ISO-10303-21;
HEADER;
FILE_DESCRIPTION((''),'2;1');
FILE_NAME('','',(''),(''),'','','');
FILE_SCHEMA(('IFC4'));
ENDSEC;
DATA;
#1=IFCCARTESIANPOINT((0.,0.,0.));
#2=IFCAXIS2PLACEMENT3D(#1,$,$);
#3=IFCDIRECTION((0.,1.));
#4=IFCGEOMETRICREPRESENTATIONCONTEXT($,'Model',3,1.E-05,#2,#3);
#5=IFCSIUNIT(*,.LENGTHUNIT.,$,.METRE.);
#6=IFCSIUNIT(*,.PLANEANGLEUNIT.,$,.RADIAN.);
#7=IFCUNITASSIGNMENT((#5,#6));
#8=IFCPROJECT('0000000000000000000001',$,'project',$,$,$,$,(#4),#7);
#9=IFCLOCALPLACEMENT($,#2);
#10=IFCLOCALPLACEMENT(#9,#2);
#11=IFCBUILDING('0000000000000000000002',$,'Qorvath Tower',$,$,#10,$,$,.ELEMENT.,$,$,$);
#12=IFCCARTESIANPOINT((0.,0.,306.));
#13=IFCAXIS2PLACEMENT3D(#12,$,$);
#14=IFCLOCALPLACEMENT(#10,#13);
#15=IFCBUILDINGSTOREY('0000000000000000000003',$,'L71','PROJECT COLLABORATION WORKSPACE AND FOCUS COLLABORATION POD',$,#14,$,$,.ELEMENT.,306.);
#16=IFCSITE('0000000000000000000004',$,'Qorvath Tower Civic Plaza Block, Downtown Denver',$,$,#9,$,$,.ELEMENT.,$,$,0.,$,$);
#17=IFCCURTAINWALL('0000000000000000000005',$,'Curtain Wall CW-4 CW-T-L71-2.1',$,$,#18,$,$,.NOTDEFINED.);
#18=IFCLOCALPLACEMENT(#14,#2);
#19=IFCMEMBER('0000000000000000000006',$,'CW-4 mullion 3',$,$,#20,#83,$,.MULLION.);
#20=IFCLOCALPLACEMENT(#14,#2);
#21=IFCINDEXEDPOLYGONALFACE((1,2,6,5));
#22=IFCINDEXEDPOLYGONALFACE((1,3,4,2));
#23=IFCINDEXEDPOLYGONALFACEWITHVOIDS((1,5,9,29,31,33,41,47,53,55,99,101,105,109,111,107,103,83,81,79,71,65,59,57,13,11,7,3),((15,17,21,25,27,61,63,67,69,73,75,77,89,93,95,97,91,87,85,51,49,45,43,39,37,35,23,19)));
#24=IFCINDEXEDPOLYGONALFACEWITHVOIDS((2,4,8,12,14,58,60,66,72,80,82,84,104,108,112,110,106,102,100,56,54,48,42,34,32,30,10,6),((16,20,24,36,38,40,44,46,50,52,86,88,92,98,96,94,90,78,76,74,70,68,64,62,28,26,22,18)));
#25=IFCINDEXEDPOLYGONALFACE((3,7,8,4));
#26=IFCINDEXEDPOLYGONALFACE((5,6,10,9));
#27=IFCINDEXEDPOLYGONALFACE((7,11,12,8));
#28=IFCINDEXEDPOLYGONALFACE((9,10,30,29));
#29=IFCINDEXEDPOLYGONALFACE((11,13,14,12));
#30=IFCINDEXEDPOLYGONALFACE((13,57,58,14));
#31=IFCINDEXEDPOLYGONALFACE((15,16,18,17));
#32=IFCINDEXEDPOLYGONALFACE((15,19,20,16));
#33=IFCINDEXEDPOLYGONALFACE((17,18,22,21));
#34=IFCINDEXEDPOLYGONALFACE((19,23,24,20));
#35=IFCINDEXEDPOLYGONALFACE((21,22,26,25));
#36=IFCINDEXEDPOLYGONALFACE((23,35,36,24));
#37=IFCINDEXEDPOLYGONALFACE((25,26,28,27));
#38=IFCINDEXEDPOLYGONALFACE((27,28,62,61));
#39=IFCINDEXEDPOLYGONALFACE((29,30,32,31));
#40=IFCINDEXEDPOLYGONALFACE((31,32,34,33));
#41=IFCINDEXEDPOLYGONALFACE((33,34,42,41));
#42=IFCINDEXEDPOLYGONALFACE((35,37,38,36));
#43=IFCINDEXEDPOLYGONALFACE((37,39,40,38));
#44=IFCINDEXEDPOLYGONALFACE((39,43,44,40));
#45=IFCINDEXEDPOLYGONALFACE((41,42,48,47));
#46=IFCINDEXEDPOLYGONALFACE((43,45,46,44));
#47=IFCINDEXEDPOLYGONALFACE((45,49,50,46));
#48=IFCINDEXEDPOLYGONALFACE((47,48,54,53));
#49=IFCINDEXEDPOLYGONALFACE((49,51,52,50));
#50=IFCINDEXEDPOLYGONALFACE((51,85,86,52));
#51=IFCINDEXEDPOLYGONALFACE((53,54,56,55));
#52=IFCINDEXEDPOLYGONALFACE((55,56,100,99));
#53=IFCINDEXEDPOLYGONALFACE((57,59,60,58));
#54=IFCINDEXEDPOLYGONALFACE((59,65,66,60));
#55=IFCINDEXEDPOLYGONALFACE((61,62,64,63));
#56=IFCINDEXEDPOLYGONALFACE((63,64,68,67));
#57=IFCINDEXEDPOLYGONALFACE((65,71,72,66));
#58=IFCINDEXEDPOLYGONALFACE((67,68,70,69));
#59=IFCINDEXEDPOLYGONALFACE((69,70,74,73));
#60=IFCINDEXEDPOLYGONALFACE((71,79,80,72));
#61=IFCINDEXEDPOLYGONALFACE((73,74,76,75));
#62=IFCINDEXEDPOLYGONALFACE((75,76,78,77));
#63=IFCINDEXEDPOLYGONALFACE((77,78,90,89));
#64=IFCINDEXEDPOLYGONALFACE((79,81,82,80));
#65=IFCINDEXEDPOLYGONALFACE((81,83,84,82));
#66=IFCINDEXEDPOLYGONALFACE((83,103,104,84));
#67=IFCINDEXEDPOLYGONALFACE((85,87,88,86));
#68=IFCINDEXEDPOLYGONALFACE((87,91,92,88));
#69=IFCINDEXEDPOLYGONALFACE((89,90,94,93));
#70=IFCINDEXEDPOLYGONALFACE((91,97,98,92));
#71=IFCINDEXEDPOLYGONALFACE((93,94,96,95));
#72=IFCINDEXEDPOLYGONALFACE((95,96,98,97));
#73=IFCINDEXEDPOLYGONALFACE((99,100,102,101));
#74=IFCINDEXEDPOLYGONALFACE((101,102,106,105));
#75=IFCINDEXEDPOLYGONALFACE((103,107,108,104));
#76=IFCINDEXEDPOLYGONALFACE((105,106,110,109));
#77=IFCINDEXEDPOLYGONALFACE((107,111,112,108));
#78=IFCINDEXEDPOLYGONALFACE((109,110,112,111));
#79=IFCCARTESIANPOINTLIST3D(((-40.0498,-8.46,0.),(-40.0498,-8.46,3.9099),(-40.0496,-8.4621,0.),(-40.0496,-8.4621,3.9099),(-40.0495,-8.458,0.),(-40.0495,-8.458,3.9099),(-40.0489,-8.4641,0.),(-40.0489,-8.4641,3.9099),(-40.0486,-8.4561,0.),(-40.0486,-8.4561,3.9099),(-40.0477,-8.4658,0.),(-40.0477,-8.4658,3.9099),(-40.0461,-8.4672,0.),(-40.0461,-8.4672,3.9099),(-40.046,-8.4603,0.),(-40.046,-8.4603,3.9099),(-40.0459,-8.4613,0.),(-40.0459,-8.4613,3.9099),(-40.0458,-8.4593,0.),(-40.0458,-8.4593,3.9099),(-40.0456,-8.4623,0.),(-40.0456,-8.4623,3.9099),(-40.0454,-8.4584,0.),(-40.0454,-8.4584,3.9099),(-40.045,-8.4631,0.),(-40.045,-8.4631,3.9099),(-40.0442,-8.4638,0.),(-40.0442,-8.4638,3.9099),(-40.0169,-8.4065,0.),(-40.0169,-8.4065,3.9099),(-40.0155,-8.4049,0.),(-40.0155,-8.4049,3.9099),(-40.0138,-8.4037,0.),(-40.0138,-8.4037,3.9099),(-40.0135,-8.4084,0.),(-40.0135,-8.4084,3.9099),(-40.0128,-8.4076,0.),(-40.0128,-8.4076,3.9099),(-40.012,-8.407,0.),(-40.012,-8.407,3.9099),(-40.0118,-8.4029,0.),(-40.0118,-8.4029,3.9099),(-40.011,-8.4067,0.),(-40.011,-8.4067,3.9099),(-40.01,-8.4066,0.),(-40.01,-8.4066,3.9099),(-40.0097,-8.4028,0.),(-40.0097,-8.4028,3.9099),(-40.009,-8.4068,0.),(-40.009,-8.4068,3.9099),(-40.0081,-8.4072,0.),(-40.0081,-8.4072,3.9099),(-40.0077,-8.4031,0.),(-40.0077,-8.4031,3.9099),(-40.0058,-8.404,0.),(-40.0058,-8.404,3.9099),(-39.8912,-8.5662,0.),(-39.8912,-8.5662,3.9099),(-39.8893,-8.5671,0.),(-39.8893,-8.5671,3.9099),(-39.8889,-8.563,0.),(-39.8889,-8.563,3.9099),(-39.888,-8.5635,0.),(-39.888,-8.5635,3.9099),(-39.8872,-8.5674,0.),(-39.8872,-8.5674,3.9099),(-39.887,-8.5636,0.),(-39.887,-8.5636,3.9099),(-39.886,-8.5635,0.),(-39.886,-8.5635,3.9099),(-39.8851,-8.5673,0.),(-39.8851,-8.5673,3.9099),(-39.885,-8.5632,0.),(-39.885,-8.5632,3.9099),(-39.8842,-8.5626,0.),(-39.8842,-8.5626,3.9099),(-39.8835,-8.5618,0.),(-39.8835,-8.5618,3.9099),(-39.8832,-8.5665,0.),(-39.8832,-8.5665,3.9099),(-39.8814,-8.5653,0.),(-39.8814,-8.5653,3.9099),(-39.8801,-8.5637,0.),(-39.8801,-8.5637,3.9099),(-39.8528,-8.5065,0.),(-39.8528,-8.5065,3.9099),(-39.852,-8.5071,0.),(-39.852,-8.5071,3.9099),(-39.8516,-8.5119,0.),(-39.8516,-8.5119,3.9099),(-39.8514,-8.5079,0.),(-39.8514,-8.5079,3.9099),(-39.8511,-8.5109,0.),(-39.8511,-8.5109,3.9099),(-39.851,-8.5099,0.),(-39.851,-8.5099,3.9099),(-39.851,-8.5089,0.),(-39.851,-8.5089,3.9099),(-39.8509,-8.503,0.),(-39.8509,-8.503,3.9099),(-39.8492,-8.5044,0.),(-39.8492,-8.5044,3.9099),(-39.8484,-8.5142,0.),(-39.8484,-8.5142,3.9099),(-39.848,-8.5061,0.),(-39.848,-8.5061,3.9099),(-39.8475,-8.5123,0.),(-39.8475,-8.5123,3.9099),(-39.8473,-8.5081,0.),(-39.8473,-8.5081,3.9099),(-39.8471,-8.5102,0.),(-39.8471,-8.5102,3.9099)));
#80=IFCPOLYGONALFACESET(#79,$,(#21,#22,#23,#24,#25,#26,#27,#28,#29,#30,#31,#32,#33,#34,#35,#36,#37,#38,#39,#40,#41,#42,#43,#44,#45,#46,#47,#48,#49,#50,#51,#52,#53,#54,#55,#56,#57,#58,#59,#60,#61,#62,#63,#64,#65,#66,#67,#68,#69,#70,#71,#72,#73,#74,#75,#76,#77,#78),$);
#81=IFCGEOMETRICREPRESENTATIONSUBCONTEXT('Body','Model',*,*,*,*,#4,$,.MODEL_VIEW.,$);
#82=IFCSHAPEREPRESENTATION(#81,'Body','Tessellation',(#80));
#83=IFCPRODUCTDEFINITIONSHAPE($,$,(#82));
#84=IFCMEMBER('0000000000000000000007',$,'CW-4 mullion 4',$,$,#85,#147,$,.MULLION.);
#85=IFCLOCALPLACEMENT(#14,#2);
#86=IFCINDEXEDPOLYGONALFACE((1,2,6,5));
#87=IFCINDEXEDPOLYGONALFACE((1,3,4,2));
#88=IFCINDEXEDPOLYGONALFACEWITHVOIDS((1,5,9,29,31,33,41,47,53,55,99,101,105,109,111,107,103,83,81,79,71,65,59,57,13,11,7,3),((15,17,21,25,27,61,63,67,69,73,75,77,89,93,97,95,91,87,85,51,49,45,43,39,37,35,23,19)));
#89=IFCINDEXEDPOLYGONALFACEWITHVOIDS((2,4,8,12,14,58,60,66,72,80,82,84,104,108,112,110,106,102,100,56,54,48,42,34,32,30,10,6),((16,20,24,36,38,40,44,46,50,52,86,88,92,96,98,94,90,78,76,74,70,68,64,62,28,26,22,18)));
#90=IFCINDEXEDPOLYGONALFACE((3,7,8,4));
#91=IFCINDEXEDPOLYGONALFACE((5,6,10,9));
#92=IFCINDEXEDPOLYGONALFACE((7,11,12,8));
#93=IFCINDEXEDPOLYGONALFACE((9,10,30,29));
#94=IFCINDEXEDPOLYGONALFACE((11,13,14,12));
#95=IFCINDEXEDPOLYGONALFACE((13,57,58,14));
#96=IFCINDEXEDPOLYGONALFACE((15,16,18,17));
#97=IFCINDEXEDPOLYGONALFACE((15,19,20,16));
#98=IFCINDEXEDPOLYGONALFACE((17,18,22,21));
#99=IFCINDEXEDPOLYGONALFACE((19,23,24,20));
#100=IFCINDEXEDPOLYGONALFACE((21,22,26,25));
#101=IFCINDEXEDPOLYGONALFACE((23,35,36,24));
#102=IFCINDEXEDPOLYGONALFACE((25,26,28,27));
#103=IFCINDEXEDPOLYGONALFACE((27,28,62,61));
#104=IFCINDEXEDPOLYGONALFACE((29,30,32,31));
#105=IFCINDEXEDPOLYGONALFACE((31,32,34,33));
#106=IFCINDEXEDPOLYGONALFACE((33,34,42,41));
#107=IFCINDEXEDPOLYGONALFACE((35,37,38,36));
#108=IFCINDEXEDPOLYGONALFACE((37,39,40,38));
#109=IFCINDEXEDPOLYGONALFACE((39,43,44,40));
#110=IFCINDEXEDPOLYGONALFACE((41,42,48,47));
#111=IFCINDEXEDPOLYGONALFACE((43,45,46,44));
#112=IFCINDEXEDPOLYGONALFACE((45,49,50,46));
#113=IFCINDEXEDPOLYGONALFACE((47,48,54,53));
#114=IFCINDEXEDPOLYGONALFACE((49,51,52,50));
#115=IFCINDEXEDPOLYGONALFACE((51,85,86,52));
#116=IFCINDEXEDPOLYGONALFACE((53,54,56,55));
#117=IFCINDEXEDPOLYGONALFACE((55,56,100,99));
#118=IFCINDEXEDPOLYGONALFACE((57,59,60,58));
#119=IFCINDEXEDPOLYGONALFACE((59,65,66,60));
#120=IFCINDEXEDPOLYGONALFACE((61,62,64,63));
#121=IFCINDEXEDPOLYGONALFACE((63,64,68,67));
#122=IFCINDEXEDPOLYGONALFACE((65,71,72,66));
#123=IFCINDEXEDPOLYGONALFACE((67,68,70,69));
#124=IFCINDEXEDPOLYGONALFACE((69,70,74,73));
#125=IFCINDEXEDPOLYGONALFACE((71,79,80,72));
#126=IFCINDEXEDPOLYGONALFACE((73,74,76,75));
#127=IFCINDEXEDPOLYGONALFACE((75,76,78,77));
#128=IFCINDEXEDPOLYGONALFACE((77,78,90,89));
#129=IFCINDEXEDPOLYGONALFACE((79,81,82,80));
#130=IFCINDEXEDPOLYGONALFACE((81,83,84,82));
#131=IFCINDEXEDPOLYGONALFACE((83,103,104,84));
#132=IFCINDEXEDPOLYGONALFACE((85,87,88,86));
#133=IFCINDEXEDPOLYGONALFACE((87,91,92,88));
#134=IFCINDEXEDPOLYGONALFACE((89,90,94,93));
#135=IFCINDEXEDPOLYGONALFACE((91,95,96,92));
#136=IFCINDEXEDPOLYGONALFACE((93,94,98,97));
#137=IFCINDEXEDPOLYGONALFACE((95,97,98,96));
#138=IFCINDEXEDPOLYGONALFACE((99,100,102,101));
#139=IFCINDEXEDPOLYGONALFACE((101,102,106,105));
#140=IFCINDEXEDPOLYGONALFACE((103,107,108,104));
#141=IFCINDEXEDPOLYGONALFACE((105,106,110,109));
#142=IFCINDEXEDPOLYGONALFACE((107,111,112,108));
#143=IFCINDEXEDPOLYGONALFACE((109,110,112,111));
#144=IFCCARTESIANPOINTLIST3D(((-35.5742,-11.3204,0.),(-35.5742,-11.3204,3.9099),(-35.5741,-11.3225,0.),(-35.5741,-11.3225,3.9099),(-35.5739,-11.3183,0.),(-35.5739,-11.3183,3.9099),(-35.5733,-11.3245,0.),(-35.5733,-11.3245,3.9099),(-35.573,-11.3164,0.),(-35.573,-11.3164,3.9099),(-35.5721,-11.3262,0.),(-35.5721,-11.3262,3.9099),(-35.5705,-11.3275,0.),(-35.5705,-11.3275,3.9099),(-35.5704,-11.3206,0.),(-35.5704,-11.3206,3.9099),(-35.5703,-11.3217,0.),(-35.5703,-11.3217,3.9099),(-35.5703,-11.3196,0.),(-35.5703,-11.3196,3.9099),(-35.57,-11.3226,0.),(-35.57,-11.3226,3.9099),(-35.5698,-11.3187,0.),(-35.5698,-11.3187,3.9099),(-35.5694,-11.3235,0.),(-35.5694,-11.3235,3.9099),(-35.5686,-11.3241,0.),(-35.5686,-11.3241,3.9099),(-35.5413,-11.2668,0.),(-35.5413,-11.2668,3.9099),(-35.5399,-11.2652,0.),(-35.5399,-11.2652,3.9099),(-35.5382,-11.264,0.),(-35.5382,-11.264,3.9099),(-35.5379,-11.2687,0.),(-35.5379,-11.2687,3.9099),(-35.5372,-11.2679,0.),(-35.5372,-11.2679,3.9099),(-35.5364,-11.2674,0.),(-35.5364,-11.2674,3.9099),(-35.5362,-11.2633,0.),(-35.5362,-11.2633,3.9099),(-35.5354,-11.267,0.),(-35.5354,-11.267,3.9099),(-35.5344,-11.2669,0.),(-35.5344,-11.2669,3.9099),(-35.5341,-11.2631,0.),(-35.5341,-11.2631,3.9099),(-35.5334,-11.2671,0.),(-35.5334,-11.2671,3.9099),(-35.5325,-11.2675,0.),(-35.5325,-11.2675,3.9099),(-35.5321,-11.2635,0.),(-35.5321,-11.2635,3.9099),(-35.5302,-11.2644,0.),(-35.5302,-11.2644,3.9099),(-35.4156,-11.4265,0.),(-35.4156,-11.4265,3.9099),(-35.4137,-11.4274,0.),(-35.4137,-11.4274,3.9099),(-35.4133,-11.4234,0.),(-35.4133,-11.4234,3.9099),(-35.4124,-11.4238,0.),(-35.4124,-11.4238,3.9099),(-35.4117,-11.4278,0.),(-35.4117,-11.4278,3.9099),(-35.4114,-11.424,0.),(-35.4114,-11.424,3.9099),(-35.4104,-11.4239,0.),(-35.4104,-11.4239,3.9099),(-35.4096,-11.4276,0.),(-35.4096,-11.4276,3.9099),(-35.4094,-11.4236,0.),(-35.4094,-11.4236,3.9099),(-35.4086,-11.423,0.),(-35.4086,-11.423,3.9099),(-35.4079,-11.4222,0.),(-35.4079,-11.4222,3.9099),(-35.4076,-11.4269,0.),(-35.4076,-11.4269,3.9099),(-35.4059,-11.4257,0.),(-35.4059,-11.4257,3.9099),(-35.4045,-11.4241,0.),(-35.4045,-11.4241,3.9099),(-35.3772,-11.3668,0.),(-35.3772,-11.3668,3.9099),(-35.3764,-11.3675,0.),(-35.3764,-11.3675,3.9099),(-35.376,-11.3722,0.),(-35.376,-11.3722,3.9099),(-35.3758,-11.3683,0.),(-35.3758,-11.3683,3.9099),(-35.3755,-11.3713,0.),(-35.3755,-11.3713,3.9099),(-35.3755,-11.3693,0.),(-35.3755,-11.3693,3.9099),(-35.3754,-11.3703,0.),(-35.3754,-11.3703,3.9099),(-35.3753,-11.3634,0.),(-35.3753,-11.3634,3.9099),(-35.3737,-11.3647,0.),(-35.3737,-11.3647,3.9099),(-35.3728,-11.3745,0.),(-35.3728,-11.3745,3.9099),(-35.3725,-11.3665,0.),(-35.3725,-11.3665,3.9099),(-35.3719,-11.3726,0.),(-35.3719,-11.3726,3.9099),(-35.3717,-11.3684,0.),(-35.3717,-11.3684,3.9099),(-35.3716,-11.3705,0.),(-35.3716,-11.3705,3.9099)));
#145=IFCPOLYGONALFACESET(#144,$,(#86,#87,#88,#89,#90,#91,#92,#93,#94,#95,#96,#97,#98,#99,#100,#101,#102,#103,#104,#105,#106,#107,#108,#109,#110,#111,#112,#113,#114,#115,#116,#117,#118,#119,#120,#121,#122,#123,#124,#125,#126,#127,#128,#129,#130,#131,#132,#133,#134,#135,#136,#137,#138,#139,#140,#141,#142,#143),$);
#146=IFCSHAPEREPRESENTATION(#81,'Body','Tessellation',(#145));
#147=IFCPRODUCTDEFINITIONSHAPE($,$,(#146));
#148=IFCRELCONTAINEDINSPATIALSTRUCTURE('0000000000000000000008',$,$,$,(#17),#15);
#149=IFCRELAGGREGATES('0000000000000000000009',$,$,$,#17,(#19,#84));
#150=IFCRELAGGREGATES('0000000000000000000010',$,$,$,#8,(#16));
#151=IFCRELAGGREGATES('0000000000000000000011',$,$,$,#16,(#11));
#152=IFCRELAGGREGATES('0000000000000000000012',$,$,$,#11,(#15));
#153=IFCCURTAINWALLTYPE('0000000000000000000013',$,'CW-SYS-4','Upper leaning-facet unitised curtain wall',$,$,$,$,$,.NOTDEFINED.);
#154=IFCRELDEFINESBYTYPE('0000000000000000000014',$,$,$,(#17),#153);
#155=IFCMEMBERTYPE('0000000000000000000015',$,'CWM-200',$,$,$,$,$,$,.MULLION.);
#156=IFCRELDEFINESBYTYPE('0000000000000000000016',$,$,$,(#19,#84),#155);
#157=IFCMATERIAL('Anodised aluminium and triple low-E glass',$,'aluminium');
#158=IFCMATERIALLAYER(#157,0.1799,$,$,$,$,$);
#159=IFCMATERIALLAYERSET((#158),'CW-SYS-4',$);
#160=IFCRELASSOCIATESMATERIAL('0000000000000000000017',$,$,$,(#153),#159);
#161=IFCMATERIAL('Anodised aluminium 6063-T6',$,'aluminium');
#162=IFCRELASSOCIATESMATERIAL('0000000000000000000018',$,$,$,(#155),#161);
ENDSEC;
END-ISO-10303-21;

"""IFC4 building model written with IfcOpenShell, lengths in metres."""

from ifc_helpers import new_model, si_unit, direction, frame, origin, origin_2d, place, context, subcontext, project, spatial, hollow_rectangle, extrude, material, layer, layer_set, material_profile, profile_set, type_object, element, aggregate, save


model = new_model("IFC4")

# Units and contexts
model_context = context("Model", 3, precision=1e-05, world=origin(), true_north=direction((0.0, 1.0)))
body_context = subcontext(model_context, "Body", "Model", "MODEL_VIEW")
ifc_project = project(units=[si_unit("LENGTHUNIT", "METRE"), si_unit("PLANEANGLEUNIT", "RADIAN")], contexts=[model_context])

# Site, building, storey
site_placement = place(None, origin())
site = spatial("IfcSite", under=ifc_project, at=site_placement, Name="Qorvath Tower Civic Plaza Block, Downtown Denver", CompositionType="ELEMENT", RefElevation=0.0)
building_placement = place(site_placement, origin())
building = spatial("IfcBuilding", under=site, at=building_placement, Name="Qorvath Tower", CompositionType="ELEMENT")
storey_placement = place(building_placement, frame((0.0, 0.0, 306.0)))
storey = spatial("IfcBuildingStorey", under=building, at=storey_placement, Name="L71", Description="PROJECT COLLABORATION WORKSPACE AND FOCUS COLLABORATION POD", CompositionType="ELEMENT", Elevation=306.0)

# Curtain wall, members
ifc_material_1 = material(Name="Anodised aluminium and triple low-E glass", Category="aluminium")
ifc_layer_1 = layer(ifc_material_1, 0.1799)
ifc_layer_set_1 = layer_set([ifc_layer_1], Name="CW-SYS-4")
curtain_wall_type = type_object("IfcCurtainWallType", Name="CW-SYS-4", Description="Upper leaning-facet unitised curtain wall", PredefinedType="NOTDEFINED", material=ifc_layer_set_1)
curtain_wall_placement = place(storey_placement, origin())
curtain_wall = element("IfcCurtainWall", 1, at=curtain_wall_placement, inside=storey, type_object=curtain_wall_type, Name="Curtain Wall CW-4 CW-T-L71-2.1", PredefinedType="NOTDEFINED")
ifc_material_2 = material(Name="Anodised aluminium 6063-T6", Category="aluminium")
ifc_material_profile_1 = material_profile(ifc_material_2, hollow_rectangle(XDim=0.075, YDim=0.2, WallThickness=0.0039, InnerFilletRadius=0.0039, OuterFilletRadius=0.0081, at=origin_2d()), Name="CWM 200x75")
ifc_profile_set_1 = profile_set([ifc_material_profile_1], Name="Anodised aluminium 6063-T6")
member_type_1 = type_object("IfcMemberType", Name="CWM-200", PredefinedType="MULLION", material=ifc_profile_set_1)
member_1_placement = place(storey_placement, frame((-39.9485, -8.4851, 0.0), z_axis=(0.0, 0.0, 1.0), x_axis=(0.538537, 0.842602, 0.0)))
member_1 = element("IfcMember", 2, at=member_1_placement, type_object=member_type_1, Name="CW-4 mullion 3", PredefinedType="MULLION", context=body_context, shape_type="SweptSolid", body=[
    extrude(hollow_rectangle(XDim=0.075, YDim=0.2, WallThickness=0.0039, InnerFilletRadius=0.0039, OuterFilletRadius=0.0081, at=origin_2d()), origin(), (0.0, 0.0, 1.0), 3.9099),
])
member_2_placement = place(storey_placement, frame((-35.4729, -11.3455, 0.0), z_axis=(0.0, 0.0, 1.0), x_axis=(0.538537, 0.842602, 0.0)))
member_2 = element("IfcMember", 3, at=member_2_placement, type_object=member_type_1, Name="CW-4 mullion 4", PredefinedType="MULLION", context=body_context, shape_type="SweptSolid", body=[
    extrude(hollow_rectangle(XDim=0.075, YDim=0.2, WallThickness=0.0039, InnerFilletRadius=0.0039, OuterFilletRadius=0.0081, at=origin_2d()), origin(), (0.0, 0.0, 1.0), 3.9099),
])
aggregate(curtain_wall, [member_1, member_2])

save(model, "model.ifc")
